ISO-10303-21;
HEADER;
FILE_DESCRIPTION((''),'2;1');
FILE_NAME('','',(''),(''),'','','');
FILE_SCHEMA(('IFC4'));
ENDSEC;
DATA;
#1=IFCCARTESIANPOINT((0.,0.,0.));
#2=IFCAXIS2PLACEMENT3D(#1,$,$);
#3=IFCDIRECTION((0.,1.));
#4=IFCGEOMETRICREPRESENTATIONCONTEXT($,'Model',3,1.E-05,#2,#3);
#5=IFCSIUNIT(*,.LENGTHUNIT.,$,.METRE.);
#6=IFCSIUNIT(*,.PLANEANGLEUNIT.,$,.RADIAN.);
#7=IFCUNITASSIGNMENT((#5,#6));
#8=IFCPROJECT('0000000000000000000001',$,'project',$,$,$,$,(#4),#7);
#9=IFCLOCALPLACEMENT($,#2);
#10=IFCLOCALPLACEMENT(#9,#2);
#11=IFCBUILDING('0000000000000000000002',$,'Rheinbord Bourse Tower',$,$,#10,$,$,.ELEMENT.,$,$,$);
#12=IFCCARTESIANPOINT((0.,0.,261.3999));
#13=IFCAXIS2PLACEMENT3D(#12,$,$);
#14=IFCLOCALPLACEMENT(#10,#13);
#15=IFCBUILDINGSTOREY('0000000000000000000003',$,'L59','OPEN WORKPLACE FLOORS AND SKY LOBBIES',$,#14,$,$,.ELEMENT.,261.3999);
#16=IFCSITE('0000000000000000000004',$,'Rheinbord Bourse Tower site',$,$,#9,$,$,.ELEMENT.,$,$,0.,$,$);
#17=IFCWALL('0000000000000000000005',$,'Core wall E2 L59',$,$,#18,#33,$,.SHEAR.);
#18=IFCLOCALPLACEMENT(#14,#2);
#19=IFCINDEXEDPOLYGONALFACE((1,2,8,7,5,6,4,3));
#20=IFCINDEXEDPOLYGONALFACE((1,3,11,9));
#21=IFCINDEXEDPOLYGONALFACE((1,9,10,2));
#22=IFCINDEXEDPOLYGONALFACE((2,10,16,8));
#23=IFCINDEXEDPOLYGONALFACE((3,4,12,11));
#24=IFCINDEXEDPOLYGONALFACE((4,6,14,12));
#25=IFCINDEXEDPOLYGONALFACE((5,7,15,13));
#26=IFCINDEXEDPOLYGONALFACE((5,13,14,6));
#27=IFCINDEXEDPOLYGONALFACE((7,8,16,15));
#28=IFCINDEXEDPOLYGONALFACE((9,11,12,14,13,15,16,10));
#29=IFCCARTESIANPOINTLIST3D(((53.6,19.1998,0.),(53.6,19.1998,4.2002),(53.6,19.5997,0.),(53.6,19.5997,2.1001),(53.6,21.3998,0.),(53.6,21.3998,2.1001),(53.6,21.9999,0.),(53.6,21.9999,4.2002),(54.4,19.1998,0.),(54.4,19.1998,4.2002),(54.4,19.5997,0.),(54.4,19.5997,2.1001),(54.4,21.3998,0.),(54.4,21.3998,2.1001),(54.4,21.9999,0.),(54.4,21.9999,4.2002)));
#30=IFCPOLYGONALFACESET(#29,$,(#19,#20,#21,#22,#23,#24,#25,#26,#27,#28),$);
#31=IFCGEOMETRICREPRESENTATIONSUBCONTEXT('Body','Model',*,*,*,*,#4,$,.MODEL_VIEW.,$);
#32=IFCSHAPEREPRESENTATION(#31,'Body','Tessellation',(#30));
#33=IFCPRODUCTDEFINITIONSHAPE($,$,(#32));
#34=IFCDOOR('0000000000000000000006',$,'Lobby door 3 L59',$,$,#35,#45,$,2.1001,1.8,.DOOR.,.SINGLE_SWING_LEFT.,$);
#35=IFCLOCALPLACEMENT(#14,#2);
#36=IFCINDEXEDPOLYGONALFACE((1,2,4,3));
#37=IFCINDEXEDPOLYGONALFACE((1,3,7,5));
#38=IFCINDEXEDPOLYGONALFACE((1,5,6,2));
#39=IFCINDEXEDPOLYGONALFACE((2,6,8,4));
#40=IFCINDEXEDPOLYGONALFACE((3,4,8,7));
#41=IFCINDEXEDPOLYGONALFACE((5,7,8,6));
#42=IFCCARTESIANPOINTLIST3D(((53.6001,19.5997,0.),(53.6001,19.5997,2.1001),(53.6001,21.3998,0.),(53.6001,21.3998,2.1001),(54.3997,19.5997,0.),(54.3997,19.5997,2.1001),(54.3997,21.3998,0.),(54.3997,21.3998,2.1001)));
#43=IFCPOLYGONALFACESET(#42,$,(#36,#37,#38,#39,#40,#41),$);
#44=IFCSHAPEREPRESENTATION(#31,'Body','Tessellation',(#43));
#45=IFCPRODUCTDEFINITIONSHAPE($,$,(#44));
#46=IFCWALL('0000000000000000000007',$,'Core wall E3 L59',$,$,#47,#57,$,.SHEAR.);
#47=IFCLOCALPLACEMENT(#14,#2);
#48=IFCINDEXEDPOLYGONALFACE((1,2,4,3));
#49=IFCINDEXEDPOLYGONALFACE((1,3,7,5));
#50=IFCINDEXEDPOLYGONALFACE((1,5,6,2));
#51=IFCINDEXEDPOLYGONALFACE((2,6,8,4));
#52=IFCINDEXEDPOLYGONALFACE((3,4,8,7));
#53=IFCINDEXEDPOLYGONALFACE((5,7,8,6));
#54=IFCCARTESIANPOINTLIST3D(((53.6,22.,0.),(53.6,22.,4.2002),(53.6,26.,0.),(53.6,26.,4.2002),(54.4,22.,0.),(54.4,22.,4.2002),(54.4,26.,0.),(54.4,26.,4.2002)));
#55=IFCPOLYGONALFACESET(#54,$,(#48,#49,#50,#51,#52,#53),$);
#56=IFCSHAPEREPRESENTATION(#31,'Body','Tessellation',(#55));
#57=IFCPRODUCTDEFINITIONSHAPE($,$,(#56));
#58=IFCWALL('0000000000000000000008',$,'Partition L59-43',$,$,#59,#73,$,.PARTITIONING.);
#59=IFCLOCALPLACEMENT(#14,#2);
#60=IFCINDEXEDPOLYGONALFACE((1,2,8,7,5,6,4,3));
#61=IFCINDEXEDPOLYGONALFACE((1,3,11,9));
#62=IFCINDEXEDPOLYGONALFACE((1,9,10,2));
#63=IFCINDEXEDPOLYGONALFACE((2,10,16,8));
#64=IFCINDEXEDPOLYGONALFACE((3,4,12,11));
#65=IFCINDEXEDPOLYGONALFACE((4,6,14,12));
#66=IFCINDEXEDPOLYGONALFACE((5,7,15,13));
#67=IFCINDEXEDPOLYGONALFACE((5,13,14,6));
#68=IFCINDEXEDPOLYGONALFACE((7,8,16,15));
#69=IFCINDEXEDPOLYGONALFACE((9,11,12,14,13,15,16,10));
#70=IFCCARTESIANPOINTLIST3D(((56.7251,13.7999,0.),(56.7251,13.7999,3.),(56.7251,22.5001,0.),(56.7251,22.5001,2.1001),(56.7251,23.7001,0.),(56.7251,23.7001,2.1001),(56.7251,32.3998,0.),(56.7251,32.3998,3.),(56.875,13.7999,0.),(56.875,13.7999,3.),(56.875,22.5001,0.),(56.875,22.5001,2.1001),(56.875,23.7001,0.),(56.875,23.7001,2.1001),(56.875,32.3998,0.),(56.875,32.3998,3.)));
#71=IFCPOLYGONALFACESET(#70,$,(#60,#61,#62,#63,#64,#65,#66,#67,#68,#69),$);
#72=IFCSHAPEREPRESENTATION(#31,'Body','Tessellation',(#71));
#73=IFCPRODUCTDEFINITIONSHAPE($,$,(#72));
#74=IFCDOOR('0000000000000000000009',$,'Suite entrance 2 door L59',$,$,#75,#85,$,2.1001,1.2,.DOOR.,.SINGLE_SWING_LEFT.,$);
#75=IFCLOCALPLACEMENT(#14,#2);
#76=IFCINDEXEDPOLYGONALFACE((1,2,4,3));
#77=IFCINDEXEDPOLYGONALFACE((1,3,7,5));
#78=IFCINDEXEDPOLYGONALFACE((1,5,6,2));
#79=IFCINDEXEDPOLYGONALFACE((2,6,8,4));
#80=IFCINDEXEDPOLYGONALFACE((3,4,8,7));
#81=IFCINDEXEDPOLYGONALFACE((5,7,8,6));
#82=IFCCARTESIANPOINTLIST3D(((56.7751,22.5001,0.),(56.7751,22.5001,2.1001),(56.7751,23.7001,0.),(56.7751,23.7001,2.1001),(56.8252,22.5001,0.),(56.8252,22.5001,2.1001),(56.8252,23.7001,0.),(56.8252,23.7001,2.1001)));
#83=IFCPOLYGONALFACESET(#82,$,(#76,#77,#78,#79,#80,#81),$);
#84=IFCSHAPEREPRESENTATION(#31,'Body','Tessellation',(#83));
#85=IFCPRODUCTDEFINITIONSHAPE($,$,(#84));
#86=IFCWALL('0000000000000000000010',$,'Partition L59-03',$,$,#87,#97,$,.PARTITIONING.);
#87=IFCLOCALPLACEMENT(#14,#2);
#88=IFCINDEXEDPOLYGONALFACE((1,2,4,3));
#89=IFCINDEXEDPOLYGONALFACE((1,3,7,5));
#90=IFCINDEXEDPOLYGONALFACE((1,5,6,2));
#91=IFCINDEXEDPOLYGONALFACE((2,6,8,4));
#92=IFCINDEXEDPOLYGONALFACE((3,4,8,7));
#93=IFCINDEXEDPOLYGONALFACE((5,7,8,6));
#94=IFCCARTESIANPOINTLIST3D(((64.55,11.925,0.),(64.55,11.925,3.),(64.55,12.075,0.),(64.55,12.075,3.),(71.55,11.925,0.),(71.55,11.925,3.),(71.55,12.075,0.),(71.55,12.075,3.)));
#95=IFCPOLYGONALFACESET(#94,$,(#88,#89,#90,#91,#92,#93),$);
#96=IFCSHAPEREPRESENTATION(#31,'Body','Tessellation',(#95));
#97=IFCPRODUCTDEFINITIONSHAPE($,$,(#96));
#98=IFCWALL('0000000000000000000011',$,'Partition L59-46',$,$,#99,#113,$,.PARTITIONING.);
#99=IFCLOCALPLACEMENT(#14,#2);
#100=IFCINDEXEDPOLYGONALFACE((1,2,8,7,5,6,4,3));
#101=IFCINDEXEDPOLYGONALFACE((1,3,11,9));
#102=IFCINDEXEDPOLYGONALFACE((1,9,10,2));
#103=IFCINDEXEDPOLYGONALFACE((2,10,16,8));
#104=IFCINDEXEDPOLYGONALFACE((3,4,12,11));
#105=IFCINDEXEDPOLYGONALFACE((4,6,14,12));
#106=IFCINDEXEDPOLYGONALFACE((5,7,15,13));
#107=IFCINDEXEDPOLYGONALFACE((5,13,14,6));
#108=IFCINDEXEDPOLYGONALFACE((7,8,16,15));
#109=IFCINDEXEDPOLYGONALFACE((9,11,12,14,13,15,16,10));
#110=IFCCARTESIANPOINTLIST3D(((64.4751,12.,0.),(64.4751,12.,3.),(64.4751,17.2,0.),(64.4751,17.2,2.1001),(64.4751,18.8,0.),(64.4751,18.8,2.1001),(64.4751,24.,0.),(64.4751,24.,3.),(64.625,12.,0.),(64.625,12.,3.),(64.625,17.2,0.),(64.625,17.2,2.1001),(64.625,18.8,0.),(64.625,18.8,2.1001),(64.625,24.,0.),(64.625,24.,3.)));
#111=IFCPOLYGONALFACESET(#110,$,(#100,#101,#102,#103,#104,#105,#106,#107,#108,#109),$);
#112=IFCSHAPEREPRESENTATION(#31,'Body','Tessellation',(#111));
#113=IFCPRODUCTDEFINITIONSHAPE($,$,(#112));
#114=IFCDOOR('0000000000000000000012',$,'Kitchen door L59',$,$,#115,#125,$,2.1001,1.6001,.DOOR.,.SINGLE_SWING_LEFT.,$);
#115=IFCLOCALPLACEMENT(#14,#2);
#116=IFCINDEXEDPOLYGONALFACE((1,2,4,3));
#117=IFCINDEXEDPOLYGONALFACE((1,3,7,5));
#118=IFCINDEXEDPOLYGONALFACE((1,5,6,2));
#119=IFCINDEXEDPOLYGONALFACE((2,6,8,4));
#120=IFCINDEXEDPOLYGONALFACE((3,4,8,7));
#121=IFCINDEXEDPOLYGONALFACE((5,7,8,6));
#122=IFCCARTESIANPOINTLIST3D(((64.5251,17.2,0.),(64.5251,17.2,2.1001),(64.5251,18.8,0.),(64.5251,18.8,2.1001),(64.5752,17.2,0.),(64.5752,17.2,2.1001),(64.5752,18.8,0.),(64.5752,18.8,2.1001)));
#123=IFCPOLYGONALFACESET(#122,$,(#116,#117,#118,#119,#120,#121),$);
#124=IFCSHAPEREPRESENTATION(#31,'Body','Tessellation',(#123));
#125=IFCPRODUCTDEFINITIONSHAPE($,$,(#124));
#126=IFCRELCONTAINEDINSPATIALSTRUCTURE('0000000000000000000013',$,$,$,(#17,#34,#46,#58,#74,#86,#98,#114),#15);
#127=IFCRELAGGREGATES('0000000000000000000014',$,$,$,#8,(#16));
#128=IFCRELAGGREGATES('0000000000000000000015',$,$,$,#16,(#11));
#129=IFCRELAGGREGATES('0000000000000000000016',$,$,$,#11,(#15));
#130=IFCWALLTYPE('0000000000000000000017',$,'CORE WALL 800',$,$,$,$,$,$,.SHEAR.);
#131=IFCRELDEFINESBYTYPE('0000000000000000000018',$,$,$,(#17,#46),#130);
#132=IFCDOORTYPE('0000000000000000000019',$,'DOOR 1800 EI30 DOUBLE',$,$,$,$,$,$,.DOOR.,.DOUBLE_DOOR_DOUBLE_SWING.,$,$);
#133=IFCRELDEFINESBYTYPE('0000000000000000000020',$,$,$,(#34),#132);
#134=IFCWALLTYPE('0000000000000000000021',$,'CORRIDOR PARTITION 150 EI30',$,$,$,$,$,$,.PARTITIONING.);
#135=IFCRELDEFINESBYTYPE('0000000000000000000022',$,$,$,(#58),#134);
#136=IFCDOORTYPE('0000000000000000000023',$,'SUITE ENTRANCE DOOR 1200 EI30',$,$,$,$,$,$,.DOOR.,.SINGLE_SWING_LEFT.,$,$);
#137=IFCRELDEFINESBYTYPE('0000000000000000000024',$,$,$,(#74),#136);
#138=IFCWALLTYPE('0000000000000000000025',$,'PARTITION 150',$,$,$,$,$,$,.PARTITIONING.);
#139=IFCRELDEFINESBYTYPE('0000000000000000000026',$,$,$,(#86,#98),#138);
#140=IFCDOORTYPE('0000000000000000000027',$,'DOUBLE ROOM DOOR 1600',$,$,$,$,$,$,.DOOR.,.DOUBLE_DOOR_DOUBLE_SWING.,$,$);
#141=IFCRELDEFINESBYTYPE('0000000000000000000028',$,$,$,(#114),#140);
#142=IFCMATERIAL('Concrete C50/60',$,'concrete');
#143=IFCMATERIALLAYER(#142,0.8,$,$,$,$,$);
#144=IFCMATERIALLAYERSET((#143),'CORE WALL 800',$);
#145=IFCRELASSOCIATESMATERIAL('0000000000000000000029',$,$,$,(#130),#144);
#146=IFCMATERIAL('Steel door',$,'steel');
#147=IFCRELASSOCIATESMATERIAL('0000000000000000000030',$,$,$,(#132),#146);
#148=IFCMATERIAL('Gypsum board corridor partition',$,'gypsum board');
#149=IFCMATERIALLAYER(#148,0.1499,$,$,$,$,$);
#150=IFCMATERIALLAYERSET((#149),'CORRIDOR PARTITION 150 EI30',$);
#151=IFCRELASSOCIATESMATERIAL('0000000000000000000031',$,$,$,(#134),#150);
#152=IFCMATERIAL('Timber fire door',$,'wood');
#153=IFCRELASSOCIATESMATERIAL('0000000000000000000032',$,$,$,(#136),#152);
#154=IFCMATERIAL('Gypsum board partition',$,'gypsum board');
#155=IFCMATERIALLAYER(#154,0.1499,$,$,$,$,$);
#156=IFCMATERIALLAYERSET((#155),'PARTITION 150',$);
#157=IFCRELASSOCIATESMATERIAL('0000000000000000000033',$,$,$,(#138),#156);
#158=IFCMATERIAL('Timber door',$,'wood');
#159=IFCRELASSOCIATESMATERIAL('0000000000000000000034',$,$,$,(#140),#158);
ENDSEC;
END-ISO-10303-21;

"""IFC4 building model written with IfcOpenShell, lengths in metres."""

from ifc_helpers import new_model, si_unit, direction, frame, frame_2d, origin, place, context, subcontext, project, spatial, rectangle, extrude, material, layer, layer_set, type_object, element, fill, save


model = new_model("IFC4")

# Units and contexts
model_context = context("Model", 3, precision=1e-05, world=origin(), true_north=direction((0.0, 1.0)))
body_context = subcontext(model_context, "Body", "Model", "MODEL_VIEW")
ifc_project = project(units=[si_unit("LENGTHUNIT", "METRE"), si_unit("PLANEANGLEUNIT", "RADIAN")], contexts=[model_context])

# Site, building, storey
site_placement = place(None, origin())
site = spatial("IfcSite", under=ifc_project, at=site_placement, Name="Rheinbord Bourse Tower site", CompositionType="ELEMENT", RefElevation=0.0)
building_placement = place(site_placement, origin())
building = spatial("IfcBuilding", under=site, at=building_placement, Name="Rheinbord Bourse Tower", CompositionType="ELEMENT")
storey_placement = place(building_placement, frame((0.0, 0.0, 261.3999)))
storey = spatial("IfcBuildingStorey", under=building, at=storey_placement, Name="L59", Description="OPEN WORKPLACE FLOORS AND SKY LOBBIES", CompositionType="ELEMENT", Elevation=261.3999)

# Shared definitions
ifc_material_1 = material(Name="Concrete C50/60", Category="concrete")
ifc_layer_1 = layer(ifc_material_1, 0.8)
ifc_layer_set_1 = layer_set([ifc_layer_1], Name="CORE WALL 800")
wall_type_1 = type_object("IfcWallType", Name="CORE WALL 800", PredefinedType="SHEAR", material=ifc_layer_set_1)

# Wall, opening, door
wall_1_placement = place(storey_placement, frame((54.0, 19.2, 0.0), z_axis=(0.0, 0.0, 1.0), x_axis=(0.0, 1.0, 0.0)))
wall_1 = element("IfcWall", 1, at=wall_1_placement, inside=storey, type_object=wall_type_1, Name="Core wall E2 L59", PredefinedType="SHEAR", context=body_context, shape_type="SweptSolid", body=[
    extrude(rectangle(XDim=2.8, YDim=0.8, at=frame_2d((1.3999, 0.0))), origin(), (0.0, 0.0, 1.0), 4.2002),
])
opening_1_placement = place(wall_1_placement, frame((0.3999, 0.0, 0.0)))
opening_1 = element("IfcOpeningElement", 2, at=opening_1_placement, cuts=wall_1, PredefinedType="OPENING", context=body_context, shape_type="SweptSolid", body=[
    extrude(rectangle(XDim=1.8, YDim=2.1001, at=frame_2d((0.8999, 1.05))), frame((0.0, 0.4099, 0.0), z_axis=(0.0, -1.0, 0.0), x_axis=(1.0, 0.0, 0.0)), (0.0, 0.0, 1.0), 0.8201),
])
ifc_material_2 = material(Name="Steel door", Category="steel")
door_type_1 = type_object("IfcDoorType", Name="DOOR 1800 EI30 DOUBLE", OperationType="DOUBLE_DOOR_DOUBLE_SWING", PredefinedType="DOOR", material=ifc_material_2)
door_1_placement = place(opening_1_placement, origin())
door_1 = element("IfcDoor", 3, at=door_1_placement, inside=storey, type_object=door_type_1, Name="Lobby door 3 L59", OperationType="SINGLE_SWING_LEFT", OverallHeight=2.1001, OverallWidth=1.8, PredefinedType="DOOR", context=body_context, shape_type="SweptSolid", body=[
    extrude(rectangle(XDim=1.8, YDim=2.1001, at=frame_2d((0.8999, 1.05))), frame((0.0, 0.3999, 0.0), z_axis=(0.0, -1.0, 0.0), x_axis=(1.0, 0.0, 0.0)), (0.0, 0.0, 1.0), 0.7996),
])
fill(opening_1, door_1)

# Wall
wall_2_placement = place(storey_placement, frame((54.0, 22.0, 0.0), z_axis=(0.0, 0.0, 1.0), x_axis=(0.0, 1.0, 0.0)))
element("IfcWall", 4, at=wall_2_placement, inside=storey, type_object=wall_type_1, Name="Core wall E3 L59", PredefinedType="SHEAR", context=body_context, shape_type="SweptSolid", body=[
    extrude(rectangle(XDim=4.0, YDim=0.8, at=frame_2d((2.0, 0.0))), origin(), (0.0, 0.0, 1.0), 4.2002),
])

# Wall, opening, door
ifc_material_3 = material(Name="Gypsum board corridor partition", Category="gypsum board")
ifc_layer_2 = layer(ifc_material_3, 0.1499)
ifc_layer_set_2 = layer_set([ifc_layer_2], Name="CORRIDOR PARTITION 150 EI30")
wall_type_2 = type_object("IfcWallType", Name="CORRIDOR PARTITION 150 EI30", PredefinedType="PARTITIONING", material=ifc_layer_set_2)
wall_3_placement = place(storey_placement, frame((56.8, 13.8, 0.0), z_axis=(0.0, 0.0, 1.0), x_axis=(0.0, 1.0, 0.0)))
wall_3 = element("IfcWall", 5, at=wall_3_placement, inside=storey, type_object=wall_type_2, Name="Partition L59-43", PredefinedType="PARTITIONING", context=body_context, shape_type="SweptSolid", body=[
    extrude(rectangle(XDim=18.5999, YDim=0.1499, at=frame_2d((9.2998, 0.0))), origin(), (0.0, 0.0, 1.0), 3.0),
])
opening_2_placement = place(wall_3_placement, frame((8.7, 0.0, 0.0)))
opening_2 = element("IfcOpeningElement", 6, at=opening_2_placement, cuts=wall_3, PredefinedType="OPENING", context=body_context, shape_type="SweptSolid", body=[
    extrude(rectangle(XDim=1.2, YDim=2.1001, at=frame_2d((0.6001, 1.05))), frame((0.0, 0.085, 0.0), z_axis=(0.0, -1.0, 0.0), x_axis=(1.0, 0.0, 0.0)), (0.0, 0.0, 1.0), 0.1699),
])
ifc_material_4 = material(Name="Timber fire door", Category="wood")
door_type_2 = type_object("IfcDoorType", Name="SUITE ENTRANCE DOOR 1200 EI30", OperationType="SINGLE_SWING_LEFT", PredefinedType="DOOR", material=ifc_material_4)
door_2_placement = place(opening_2_placement, origin())
door_2 = element("IfcDoor", 7, at=door_2_placement, inside=storey, type_object=door_type_2, Name="Suite entrance 2 door L59", OperationType="SINGLE_SWING_LEFT", OverallHeight=2.1001, OverallWidth=1.2, PredefinedType="DOOR", context=body_context, shape_type="SweptSolid", body=[
    extrude(rectangle(XDim=1.2, YDim=2.1001, at=frame_2d((0.6001, 1.05))), frame((0.0, 0.0249, 0.0), z_axis=(0.0, -1.0, 0.0), x_axis=(1.0, 0.0, 0.0)), (0.0, 0.0, 1.0), 0.05),
])
fill(opening_2, door_2)

# Wall
ifc_material_5 = material(Name="Gypsum board partition", Category="gypsum board")
ifc_layer_3 = layer(ifc_material_5, 0.1499)
ifc_layer_set_3 = layer_set([ifc_layer_3], Name="PARTITION 150")
wall_type_3 = type_object("IfcWallType", Name="PARTITION 150", PredefinedType="PARTITIONING", material=ifc_layer_set_3)
wall_4_placement = place(storey_placement, frame((64.55, 12.0, 0.0), z_axis=(0.0, 0.0, 1.0), x_axis=(1.0, 0.0, 0.0)))
element("IfcWall", 8, at=wall_4_placement, inside=storey, type_object=wall_type_3, Name="Partition L59-03", PredefinedType="PARTITIONING", context=body_context, shape_type="SweptSolid", body=[
    extrude(rectangle(XDim=7.0, YDim=0.1499, at=frame_2d((3.5, 0.0))), origin(), (0.0, 0.0, 1.0), 3.0),
])

# Wall, opening, door
wall_5_placement = place(storey_placement, frame((64.55, 12.0, 0.0), z_axis=(0.0, 0.0, 1.0), x_axis=(0.0, 1.0, 0.0)))
wall_5 = element("IfcWall", 9, at=wall_5_placement, inside=storey, type_object=wall_type_3, Name="Partition L59-46", PredefinedType="PARTITIONING", context=body_context, shape_type="SweptSolid", body=[
    extrude(rectangle(XDim=12.0, YDim=0.1499, at=frame_2d((6.0, 0.0))), origin(), (0.0, 0.0, 1.0), 3.0),
])
opening_3_placement = place(wall_5_placement, frame((5.2, 0.0, 0.0)))
opening_3 = element("IfcOpeningElement", 10, at=opening_3_placement, cuts=wall_5, PredefinedType="OPENING", context=body_context, shape_type="SweptSolid", body=[
    extrude(rectangle(XDim=1.6001, YDim=2.1001, at=frame_2d((0.8, 1.05))), frame((0.0, 0.085, 0.0), z_axis=(0.0, -1.0, 0.0), x_axis=(1.0, 0.0, 0.0)), (0.0, 0.0, 1.0), 0.1699),
])
ifc_material_6 = material(Name="Timber door", Category="wood")
door_type_3 = type_object("IfcDoorType", Name="DOUBLE ROOM DOOR 1600", OperationType="DOUBLE_DOOR_DOUBLE_SWING", PredefinedType="DOOR", material=ifc_material_6)
door_3_placement = place(opening_3_placement, origin())
door_3 = element("IfcDoor", 11, at=door_3_placement, inside=storey, type_object=door_type_3, Name="Kitchen door L59", OperationType="SINGLE_SWING_LEFT", OverallHeight=2.1001, OverallWidth=1.6001, PredefinedType="DOOR", context=body_context, shape_type="SweptSolid", body=[
    extrude(rectangle(XDim=1.6001, YDim=2.1001, at=frame_2d((0.8, 1.05))), frame((0.0, 0.0249, 0.0), z_axis=(0.0, -1.0, 0.0), x_axis=(1.0, 0.0, 0.0)), (0.0, 0.0, 1.0), 0.05),
])
fill(opening_3, door_3)

save(model, "model.ifc")
